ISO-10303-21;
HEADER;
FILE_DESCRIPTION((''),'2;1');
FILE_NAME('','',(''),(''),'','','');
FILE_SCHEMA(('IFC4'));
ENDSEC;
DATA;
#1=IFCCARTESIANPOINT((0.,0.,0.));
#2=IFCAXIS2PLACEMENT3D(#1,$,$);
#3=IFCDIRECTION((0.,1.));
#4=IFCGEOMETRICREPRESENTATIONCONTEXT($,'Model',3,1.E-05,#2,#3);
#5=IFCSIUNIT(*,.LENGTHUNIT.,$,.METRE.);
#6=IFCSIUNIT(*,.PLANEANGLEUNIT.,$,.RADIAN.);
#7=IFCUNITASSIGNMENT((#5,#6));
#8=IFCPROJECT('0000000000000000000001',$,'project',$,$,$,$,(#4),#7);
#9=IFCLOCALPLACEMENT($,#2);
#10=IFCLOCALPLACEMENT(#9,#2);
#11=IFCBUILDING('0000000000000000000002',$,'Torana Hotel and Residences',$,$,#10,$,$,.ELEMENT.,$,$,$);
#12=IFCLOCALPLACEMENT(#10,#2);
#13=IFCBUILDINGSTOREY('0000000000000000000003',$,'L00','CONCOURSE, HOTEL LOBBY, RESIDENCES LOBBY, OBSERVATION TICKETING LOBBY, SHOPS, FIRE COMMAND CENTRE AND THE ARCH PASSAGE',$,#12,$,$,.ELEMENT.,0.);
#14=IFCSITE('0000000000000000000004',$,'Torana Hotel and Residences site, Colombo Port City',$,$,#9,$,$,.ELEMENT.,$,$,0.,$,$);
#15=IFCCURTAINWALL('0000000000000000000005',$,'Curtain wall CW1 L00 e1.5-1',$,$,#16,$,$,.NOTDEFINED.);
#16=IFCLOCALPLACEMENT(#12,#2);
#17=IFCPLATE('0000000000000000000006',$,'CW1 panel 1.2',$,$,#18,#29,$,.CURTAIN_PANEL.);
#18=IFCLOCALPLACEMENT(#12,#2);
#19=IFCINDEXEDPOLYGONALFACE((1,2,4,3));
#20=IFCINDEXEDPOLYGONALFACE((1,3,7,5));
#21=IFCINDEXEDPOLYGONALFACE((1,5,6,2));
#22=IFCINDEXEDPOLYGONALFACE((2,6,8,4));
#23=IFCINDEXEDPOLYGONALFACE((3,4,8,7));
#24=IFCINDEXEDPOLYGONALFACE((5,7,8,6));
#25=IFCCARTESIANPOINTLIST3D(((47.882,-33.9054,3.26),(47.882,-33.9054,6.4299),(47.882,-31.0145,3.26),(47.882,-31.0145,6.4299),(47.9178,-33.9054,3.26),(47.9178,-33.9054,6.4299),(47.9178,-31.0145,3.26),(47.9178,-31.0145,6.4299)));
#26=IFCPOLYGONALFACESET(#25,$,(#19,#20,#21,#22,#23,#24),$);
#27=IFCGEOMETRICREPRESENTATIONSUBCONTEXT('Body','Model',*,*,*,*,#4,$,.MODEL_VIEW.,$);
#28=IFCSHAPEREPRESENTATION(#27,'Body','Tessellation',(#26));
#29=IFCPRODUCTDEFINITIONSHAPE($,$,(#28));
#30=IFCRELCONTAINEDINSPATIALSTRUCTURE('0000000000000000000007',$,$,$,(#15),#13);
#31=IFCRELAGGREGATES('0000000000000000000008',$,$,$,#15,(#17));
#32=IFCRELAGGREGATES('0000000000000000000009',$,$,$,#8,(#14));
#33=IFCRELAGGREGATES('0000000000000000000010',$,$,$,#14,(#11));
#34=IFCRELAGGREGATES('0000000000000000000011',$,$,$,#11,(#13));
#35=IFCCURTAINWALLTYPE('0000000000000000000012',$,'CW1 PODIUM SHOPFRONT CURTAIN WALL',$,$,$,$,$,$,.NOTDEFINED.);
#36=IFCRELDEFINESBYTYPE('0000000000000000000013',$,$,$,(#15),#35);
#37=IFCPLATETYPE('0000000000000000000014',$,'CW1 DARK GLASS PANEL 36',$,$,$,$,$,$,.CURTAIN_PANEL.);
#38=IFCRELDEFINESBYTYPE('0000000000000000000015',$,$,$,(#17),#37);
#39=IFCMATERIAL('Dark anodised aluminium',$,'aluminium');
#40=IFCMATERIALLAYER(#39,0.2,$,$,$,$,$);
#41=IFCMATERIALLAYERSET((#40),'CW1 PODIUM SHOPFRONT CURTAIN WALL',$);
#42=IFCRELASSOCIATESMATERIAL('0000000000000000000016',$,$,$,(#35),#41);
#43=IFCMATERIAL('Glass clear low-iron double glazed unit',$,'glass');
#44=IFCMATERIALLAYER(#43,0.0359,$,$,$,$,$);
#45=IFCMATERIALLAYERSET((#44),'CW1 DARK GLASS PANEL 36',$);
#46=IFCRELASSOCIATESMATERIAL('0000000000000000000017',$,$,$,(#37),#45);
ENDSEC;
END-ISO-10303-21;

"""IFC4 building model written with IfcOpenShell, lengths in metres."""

from ifc_helpers import new_model, si_unit, direction, frame, origin, origin_2d, place, context, subcontext, project, spatial, rectangle, extrude, material, layer, layer_set, type_object, element, aggregate, save


model = new_model("IFC4")

# Units and contexts
model_context = context("Model", 3, precision=1e-05, world=origin(), true_north=direction((0.0, 1.0)))
body_context = subcontext(model_context, "Body", "Model", "MODEL_VIEW")
ifc_project = project(units=[si_unit("LENGTHUNIT", "METRE"), si_unit("PLANEANGLEUNIT", "RADIAN")], contexts=[model_context])

# Site, building, storey
site_placement = place(None, origin())
site = spatial("IfcSite", under=ifc_project, at=site_placement, Name="Torana Hotel and Residences site, Colombo Port City", CompositionType="ELEMENT", RefElevation=0.0)
building_placement = place(site_placement, origin())
building = spatial("IfcBuilding", under=site, at=building_placement, Name="Torana Hotel and Residences", CompositionType="ELEMENT")
storey_placement = place(building_placement, origin())
storey = spatial("IfcBuildingStorey", under=building, at=storey_placement, Name="L00", Description="CONCOURSE, HOTEL LOBBY, RESIDENCES LOBBY, OBSERVATION TICKETING LOBBY, SHOPS, FIRE COMMAND CENTRE AND THE ARCH PASSAGE", CompositionType="ELEMENT", Elevation=0.0)

# Shared definitions
ifc_material_1 = material(Name="Dark anodised aluminium", Category="aluminium")
ifc_layer_1 = layer(ifc_material_1, 0.2)
ifc_layer_set_1 = layer_set([ifc_layer_1], Name="CW1 PODIUM SHOPFRONT CURTAIN WALL")
curtain_wall_type = type_object("IfcCurtainWallType", Name="CW1 PODIUM SHOPFRONT CURTAIN WALL", PredefinedType="NOTDEFINED", material=ifc_layer_set_1)

# Curtain wall
curtain_wall_1_placement = place(storey_placement, origin())
curtain_wall_1 = element("IfcCurtainWall", 1, at=curtain_wall_1_placement, inside=storey, type_object=curtain_wall_type, Name="Curtain wall CW1 L00 e1.5-1", PredefinedType="NOTDEFINED")

# Plate
ifc_material_2 = material(Name="Glass clear low-iron double glazed unit", Category="glass")
ifc_layer_2 = layer(ifc_material_2, 0.0359)
ifc_layer_set_2 = layer_set([ifc_layer_2], Name="CW1 DARK GLASS PANEL 36")
plate_type = type_object("IfcPlateType", Name="CW1 DARK GLASS PANEL 36", PredefinedType="CURTAIN_PANEL", material=ifc_layer_set_2)
plate_1_placement = place(storey_placement, frame((47.8999, -32.46, 3.26), z_axis=(0.0, 0.0, 1.0), x_axis=(0.0, 1.0, 0.0)))
plate_1 = element("IfcPlate", 2, at=plate_1_placement, type_object=plate_type, Name="CW1 panel 1.2", PredefinedType="CURTAIN_PANEL", context=body_context, shape_type="SweptSolid", body=[
    extrude(rectangle(XDim=2.8909, YDim=0.0359, at=origin_2d()), origin(), (0.0, 0.0, 1.0), 3.1699),
])
aggregate(curtain_wall_1, [plate_1])

save(model, "model.ifc")
